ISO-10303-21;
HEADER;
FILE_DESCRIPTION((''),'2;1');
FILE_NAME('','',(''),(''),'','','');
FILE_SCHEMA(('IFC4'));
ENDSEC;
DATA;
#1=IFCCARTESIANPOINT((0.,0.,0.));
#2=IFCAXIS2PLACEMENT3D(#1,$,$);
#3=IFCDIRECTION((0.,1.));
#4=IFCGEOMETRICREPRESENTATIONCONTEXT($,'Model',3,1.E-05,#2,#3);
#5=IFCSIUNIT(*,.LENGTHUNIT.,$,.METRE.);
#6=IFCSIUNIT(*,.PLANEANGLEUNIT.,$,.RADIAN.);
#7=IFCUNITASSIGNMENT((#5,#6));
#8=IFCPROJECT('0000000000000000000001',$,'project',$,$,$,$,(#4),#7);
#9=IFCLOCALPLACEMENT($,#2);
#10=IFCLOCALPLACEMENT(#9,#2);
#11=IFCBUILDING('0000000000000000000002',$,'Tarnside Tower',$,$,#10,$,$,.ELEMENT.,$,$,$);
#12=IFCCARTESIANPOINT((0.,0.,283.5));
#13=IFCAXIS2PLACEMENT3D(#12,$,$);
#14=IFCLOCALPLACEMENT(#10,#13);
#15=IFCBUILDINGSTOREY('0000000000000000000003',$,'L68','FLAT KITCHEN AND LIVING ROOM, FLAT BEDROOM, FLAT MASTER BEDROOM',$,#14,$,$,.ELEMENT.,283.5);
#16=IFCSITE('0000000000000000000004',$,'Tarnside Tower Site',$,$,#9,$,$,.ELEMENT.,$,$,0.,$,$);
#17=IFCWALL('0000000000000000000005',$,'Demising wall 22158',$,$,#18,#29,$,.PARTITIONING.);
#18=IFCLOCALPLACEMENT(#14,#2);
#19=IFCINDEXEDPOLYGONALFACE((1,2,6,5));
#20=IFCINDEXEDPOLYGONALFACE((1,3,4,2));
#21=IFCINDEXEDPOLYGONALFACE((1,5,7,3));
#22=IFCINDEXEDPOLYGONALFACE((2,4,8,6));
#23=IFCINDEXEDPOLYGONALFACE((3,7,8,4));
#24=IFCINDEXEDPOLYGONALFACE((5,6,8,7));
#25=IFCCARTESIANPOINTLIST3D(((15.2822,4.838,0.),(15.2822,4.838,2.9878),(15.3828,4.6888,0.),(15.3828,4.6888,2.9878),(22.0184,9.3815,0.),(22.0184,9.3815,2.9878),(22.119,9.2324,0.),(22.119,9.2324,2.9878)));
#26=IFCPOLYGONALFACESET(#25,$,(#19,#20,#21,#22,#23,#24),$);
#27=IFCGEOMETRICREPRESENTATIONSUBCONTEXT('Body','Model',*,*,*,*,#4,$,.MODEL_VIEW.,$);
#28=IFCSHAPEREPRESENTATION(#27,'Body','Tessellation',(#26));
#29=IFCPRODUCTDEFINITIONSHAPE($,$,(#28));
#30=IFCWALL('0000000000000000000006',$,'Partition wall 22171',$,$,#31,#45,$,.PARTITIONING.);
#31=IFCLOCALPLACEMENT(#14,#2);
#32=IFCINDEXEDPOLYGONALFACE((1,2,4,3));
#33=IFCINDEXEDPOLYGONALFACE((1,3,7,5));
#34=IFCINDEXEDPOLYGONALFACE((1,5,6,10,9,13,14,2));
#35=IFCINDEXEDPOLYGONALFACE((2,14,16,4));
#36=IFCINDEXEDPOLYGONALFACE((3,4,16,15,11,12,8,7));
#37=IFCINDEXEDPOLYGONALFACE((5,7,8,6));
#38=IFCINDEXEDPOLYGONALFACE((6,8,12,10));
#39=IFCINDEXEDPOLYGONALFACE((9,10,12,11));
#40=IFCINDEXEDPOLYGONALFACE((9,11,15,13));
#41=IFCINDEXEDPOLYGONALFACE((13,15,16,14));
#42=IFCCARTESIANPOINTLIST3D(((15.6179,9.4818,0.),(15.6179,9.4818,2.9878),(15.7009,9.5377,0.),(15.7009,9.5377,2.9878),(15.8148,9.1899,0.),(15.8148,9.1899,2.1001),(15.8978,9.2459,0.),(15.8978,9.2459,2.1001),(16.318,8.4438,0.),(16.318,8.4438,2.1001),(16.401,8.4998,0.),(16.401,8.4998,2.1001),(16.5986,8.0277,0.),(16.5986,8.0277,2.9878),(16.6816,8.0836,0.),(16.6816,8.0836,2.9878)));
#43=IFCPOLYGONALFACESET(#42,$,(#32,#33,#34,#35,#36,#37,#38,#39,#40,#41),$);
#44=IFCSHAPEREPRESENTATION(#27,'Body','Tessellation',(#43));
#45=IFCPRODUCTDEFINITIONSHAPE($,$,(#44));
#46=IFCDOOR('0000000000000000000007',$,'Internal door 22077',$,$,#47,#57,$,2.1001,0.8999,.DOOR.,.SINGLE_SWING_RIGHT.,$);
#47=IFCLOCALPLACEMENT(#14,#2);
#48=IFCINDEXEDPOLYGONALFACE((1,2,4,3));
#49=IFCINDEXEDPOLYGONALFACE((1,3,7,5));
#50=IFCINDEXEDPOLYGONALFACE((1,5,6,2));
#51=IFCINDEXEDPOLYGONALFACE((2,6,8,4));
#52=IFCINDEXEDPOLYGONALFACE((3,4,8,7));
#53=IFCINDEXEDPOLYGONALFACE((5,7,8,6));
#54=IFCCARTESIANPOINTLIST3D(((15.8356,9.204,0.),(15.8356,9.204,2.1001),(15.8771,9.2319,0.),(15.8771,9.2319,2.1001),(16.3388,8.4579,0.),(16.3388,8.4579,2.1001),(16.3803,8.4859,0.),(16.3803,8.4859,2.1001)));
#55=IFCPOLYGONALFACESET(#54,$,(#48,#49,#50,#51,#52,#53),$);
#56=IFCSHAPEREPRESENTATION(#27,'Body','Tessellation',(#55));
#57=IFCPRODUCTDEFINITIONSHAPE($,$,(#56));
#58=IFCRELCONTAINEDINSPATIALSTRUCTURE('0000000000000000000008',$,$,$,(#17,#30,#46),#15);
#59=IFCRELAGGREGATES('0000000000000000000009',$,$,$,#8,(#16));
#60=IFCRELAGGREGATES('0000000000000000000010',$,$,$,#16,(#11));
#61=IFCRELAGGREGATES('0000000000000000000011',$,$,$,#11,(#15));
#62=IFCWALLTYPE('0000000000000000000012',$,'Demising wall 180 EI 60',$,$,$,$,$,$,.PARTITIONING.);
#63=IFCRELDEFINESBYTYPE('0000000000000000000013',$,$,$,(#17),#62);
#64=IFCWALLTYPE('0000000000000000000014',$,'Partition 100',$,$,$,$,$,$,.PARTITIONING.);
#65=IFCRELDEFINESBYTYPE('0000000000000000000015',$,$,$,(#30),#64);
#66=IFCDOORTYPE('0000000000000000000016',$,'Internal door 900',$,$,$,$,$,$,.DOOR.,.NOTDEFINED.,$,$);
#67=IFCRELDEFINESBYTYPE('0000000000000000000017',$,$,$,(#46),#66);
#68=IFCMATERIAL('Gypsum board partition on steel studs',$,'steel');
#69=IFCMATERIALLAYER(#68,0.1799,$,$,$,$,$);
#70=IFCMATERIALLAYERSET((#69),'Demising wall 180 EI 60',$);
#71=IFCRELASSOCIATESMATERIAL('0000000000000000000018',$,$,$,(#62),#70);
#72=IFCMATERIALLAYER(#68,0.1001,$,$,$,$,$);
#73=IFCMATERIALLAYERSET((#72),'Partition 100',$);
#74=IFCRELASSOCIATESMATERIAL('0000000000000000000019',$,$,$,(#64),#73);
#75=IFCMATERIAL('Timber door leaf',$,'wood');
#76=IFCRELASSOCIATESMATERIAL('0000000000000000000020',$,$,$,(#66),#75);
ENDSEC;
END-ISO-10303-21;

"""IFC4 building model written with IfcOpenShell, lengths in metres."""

from ifc_helpers import new_model, si_unit, direction, frame, frame_2d, origin, place, context, subcontext, project, spatial, rectangle, extrude, material, layer, layer_set, type_object, element, fill, save


model = new_model("IFC4")

# Units and contexts
model_context = context("Model", 3, precision=1e-05, world=origin(), true_north=direction((0.0, 1.0)))
body_context = subcontext(model_context, "Body", "Model", "MODEL_VIEW")
ifc_project = project(units=[si_unit("LENGTHUNIT", "METRE"), si_unit("PLANEANGLEUNIT", "RADIAN")], contexts=[model_context])

# Site, building, storey
site_placement = place(None, origin())
site = spatial("IfcSite", under=ifc_project, at=site_placement, Name="Tarnside Tower Site", CompositionType="ELEMENT", RefElevation=0.0)
building_placement = place(site_placement, origin())
building = spatial("IfcBuilding", under=site, at=building_placement, Name="Tarnside Tower", CompositionType="ELEMENT")
storey_placement = place(building_placement, frame((0.0, 0.0, 283.5)))
storey = spatial("IfcBuildingStorey", under=building, at=storey_placement, Name="L68", Description="FLAT KITCHEN AND LIVING ROOM, FLAT BEDROOM, FLAT MASTER BEDROOM", CompositionType="ELEMENT", Elevation=283.5)

# Shared definitions
ifc_material_1 = material(Name="Gypsum board partition on steel studs", Category="steel")

# Shared definitions
ifc_material_2 = material(Name="Timber door leaf", Category="wood")

# Wall
ifc_layer_1 = layer(ifc_material_1, 0.1799)
ifc_layer_set_1 = layer_set([ifc_layer_1], Name="Demising wall 180 EI 60")
wall_type_1 = type_object("IfcWallType", Name="Demising wall 180 EI 60", PredefinedType="PARTITIONING", material=ifc_layer_set_1)
wall_1_placement = place(storey_placement, frame((22.0686, 9.3069, 0.0), z_axis=(0.0, 0.0, 1.0), x_axis=(-0.829043, -0.559185, 0.0)))
element("IfcWall", 1, at=wall_1_placement, inside=storey, type_object=wall_type_1, Name="Demising wall 22158", PredefinedType="PARTITIONING", context=body_context, shape_type="SweptSolid", body=[
    extrude(rectangle(XDim=8.1252, YDim=0.1799, at=frame_2d((4.0625, 0.0))), origin(), (0.0, 0.0, 1.0), 2.9878),
])

# Wall, opening, door
ifc_layer_2 = layer(ifc_material_1, 0.1001)
ifc_layer_set_2 = layer_set([ifc_layer_2], Name="Partition 100")
wall_type_2 = type_object("IfcWallType", Name="Partition 100", PredefinedType="PARTITIONING", material=ifc_layer_set_2)
wall_2_placement = place(storey_placement, frame((16.6401, 8.0557, 0.0), z_axis=(0.0, 0.0, 1.0), x_axis=(-0.559157, 0.829062, 0.0)))
wall_2 = element("IfcWall", 2, at=wall_2_placement, inside=storey, type_object=wall_type_2, Name="Partition wall 22171", PredefinedType="PARTITIONING", context=body_context, shape_type="SweptSolid", body=[
    extrude(rectangle(XDim=1.7539, YDim=0.1001, at=frame_2d((0.877, 0.0))), origin(), (0.0, 0.0, 1.0), 2.9878),
])
opening_1_placement = place(wall_2_placement, frame((0.502, 0.0, 0.0)))
opening_1 = element("IfcOpeningElement", 3, at=opening_1_placement, cuts=wall_2, PredefinedType="OPENING", context=body_context, shape_type="SweptSolid", body=[
    extrude(rectangle(XDim=0.8999, YDim=2.1001, at=frame_2d((0.45, 1.05))), frame((0.0, 0.0601, 0.0), z_axis=(0.0, -1.0, 0.0), x_axis=(1.0, 0.0, 0.0)), (0.0, 0.0, 1.0), 0.1201),
])
door_type_1 = type_object("IfcDoorType", Name="Internal door 900", OperationType="NOTDEFINED", PredefinedType="DOOR", material=ifc_material_2)
door_1_placement = place(opening_1_placement, origin())
door_1 = element("IfcDoor", 4, at=door_1_placement, inside=storey, type_object=door_type_1, Name="Internal door 22077", OperationType="SINGLE_SWING_RIGHT", OverallHeight=2.1001, OverallWidth=0.8999, PredefinedType="DOOR", context=body_context, shape_type="SweptSolid", body=[
    extrude(rectangle(XDim=0.8999, YDim=2.1001, at=frame_2d((0.45, 1.05))), frame((0.0, 0.0249, 0.0), z_axis=(0.0, -1.0, 0.0), x_axis=(1.0, 0.0, 0.0)), (0.0, 0.0, 1.0), 0.05),
])
fill(opening_1, door_1)

save(model, "model.ifc")
